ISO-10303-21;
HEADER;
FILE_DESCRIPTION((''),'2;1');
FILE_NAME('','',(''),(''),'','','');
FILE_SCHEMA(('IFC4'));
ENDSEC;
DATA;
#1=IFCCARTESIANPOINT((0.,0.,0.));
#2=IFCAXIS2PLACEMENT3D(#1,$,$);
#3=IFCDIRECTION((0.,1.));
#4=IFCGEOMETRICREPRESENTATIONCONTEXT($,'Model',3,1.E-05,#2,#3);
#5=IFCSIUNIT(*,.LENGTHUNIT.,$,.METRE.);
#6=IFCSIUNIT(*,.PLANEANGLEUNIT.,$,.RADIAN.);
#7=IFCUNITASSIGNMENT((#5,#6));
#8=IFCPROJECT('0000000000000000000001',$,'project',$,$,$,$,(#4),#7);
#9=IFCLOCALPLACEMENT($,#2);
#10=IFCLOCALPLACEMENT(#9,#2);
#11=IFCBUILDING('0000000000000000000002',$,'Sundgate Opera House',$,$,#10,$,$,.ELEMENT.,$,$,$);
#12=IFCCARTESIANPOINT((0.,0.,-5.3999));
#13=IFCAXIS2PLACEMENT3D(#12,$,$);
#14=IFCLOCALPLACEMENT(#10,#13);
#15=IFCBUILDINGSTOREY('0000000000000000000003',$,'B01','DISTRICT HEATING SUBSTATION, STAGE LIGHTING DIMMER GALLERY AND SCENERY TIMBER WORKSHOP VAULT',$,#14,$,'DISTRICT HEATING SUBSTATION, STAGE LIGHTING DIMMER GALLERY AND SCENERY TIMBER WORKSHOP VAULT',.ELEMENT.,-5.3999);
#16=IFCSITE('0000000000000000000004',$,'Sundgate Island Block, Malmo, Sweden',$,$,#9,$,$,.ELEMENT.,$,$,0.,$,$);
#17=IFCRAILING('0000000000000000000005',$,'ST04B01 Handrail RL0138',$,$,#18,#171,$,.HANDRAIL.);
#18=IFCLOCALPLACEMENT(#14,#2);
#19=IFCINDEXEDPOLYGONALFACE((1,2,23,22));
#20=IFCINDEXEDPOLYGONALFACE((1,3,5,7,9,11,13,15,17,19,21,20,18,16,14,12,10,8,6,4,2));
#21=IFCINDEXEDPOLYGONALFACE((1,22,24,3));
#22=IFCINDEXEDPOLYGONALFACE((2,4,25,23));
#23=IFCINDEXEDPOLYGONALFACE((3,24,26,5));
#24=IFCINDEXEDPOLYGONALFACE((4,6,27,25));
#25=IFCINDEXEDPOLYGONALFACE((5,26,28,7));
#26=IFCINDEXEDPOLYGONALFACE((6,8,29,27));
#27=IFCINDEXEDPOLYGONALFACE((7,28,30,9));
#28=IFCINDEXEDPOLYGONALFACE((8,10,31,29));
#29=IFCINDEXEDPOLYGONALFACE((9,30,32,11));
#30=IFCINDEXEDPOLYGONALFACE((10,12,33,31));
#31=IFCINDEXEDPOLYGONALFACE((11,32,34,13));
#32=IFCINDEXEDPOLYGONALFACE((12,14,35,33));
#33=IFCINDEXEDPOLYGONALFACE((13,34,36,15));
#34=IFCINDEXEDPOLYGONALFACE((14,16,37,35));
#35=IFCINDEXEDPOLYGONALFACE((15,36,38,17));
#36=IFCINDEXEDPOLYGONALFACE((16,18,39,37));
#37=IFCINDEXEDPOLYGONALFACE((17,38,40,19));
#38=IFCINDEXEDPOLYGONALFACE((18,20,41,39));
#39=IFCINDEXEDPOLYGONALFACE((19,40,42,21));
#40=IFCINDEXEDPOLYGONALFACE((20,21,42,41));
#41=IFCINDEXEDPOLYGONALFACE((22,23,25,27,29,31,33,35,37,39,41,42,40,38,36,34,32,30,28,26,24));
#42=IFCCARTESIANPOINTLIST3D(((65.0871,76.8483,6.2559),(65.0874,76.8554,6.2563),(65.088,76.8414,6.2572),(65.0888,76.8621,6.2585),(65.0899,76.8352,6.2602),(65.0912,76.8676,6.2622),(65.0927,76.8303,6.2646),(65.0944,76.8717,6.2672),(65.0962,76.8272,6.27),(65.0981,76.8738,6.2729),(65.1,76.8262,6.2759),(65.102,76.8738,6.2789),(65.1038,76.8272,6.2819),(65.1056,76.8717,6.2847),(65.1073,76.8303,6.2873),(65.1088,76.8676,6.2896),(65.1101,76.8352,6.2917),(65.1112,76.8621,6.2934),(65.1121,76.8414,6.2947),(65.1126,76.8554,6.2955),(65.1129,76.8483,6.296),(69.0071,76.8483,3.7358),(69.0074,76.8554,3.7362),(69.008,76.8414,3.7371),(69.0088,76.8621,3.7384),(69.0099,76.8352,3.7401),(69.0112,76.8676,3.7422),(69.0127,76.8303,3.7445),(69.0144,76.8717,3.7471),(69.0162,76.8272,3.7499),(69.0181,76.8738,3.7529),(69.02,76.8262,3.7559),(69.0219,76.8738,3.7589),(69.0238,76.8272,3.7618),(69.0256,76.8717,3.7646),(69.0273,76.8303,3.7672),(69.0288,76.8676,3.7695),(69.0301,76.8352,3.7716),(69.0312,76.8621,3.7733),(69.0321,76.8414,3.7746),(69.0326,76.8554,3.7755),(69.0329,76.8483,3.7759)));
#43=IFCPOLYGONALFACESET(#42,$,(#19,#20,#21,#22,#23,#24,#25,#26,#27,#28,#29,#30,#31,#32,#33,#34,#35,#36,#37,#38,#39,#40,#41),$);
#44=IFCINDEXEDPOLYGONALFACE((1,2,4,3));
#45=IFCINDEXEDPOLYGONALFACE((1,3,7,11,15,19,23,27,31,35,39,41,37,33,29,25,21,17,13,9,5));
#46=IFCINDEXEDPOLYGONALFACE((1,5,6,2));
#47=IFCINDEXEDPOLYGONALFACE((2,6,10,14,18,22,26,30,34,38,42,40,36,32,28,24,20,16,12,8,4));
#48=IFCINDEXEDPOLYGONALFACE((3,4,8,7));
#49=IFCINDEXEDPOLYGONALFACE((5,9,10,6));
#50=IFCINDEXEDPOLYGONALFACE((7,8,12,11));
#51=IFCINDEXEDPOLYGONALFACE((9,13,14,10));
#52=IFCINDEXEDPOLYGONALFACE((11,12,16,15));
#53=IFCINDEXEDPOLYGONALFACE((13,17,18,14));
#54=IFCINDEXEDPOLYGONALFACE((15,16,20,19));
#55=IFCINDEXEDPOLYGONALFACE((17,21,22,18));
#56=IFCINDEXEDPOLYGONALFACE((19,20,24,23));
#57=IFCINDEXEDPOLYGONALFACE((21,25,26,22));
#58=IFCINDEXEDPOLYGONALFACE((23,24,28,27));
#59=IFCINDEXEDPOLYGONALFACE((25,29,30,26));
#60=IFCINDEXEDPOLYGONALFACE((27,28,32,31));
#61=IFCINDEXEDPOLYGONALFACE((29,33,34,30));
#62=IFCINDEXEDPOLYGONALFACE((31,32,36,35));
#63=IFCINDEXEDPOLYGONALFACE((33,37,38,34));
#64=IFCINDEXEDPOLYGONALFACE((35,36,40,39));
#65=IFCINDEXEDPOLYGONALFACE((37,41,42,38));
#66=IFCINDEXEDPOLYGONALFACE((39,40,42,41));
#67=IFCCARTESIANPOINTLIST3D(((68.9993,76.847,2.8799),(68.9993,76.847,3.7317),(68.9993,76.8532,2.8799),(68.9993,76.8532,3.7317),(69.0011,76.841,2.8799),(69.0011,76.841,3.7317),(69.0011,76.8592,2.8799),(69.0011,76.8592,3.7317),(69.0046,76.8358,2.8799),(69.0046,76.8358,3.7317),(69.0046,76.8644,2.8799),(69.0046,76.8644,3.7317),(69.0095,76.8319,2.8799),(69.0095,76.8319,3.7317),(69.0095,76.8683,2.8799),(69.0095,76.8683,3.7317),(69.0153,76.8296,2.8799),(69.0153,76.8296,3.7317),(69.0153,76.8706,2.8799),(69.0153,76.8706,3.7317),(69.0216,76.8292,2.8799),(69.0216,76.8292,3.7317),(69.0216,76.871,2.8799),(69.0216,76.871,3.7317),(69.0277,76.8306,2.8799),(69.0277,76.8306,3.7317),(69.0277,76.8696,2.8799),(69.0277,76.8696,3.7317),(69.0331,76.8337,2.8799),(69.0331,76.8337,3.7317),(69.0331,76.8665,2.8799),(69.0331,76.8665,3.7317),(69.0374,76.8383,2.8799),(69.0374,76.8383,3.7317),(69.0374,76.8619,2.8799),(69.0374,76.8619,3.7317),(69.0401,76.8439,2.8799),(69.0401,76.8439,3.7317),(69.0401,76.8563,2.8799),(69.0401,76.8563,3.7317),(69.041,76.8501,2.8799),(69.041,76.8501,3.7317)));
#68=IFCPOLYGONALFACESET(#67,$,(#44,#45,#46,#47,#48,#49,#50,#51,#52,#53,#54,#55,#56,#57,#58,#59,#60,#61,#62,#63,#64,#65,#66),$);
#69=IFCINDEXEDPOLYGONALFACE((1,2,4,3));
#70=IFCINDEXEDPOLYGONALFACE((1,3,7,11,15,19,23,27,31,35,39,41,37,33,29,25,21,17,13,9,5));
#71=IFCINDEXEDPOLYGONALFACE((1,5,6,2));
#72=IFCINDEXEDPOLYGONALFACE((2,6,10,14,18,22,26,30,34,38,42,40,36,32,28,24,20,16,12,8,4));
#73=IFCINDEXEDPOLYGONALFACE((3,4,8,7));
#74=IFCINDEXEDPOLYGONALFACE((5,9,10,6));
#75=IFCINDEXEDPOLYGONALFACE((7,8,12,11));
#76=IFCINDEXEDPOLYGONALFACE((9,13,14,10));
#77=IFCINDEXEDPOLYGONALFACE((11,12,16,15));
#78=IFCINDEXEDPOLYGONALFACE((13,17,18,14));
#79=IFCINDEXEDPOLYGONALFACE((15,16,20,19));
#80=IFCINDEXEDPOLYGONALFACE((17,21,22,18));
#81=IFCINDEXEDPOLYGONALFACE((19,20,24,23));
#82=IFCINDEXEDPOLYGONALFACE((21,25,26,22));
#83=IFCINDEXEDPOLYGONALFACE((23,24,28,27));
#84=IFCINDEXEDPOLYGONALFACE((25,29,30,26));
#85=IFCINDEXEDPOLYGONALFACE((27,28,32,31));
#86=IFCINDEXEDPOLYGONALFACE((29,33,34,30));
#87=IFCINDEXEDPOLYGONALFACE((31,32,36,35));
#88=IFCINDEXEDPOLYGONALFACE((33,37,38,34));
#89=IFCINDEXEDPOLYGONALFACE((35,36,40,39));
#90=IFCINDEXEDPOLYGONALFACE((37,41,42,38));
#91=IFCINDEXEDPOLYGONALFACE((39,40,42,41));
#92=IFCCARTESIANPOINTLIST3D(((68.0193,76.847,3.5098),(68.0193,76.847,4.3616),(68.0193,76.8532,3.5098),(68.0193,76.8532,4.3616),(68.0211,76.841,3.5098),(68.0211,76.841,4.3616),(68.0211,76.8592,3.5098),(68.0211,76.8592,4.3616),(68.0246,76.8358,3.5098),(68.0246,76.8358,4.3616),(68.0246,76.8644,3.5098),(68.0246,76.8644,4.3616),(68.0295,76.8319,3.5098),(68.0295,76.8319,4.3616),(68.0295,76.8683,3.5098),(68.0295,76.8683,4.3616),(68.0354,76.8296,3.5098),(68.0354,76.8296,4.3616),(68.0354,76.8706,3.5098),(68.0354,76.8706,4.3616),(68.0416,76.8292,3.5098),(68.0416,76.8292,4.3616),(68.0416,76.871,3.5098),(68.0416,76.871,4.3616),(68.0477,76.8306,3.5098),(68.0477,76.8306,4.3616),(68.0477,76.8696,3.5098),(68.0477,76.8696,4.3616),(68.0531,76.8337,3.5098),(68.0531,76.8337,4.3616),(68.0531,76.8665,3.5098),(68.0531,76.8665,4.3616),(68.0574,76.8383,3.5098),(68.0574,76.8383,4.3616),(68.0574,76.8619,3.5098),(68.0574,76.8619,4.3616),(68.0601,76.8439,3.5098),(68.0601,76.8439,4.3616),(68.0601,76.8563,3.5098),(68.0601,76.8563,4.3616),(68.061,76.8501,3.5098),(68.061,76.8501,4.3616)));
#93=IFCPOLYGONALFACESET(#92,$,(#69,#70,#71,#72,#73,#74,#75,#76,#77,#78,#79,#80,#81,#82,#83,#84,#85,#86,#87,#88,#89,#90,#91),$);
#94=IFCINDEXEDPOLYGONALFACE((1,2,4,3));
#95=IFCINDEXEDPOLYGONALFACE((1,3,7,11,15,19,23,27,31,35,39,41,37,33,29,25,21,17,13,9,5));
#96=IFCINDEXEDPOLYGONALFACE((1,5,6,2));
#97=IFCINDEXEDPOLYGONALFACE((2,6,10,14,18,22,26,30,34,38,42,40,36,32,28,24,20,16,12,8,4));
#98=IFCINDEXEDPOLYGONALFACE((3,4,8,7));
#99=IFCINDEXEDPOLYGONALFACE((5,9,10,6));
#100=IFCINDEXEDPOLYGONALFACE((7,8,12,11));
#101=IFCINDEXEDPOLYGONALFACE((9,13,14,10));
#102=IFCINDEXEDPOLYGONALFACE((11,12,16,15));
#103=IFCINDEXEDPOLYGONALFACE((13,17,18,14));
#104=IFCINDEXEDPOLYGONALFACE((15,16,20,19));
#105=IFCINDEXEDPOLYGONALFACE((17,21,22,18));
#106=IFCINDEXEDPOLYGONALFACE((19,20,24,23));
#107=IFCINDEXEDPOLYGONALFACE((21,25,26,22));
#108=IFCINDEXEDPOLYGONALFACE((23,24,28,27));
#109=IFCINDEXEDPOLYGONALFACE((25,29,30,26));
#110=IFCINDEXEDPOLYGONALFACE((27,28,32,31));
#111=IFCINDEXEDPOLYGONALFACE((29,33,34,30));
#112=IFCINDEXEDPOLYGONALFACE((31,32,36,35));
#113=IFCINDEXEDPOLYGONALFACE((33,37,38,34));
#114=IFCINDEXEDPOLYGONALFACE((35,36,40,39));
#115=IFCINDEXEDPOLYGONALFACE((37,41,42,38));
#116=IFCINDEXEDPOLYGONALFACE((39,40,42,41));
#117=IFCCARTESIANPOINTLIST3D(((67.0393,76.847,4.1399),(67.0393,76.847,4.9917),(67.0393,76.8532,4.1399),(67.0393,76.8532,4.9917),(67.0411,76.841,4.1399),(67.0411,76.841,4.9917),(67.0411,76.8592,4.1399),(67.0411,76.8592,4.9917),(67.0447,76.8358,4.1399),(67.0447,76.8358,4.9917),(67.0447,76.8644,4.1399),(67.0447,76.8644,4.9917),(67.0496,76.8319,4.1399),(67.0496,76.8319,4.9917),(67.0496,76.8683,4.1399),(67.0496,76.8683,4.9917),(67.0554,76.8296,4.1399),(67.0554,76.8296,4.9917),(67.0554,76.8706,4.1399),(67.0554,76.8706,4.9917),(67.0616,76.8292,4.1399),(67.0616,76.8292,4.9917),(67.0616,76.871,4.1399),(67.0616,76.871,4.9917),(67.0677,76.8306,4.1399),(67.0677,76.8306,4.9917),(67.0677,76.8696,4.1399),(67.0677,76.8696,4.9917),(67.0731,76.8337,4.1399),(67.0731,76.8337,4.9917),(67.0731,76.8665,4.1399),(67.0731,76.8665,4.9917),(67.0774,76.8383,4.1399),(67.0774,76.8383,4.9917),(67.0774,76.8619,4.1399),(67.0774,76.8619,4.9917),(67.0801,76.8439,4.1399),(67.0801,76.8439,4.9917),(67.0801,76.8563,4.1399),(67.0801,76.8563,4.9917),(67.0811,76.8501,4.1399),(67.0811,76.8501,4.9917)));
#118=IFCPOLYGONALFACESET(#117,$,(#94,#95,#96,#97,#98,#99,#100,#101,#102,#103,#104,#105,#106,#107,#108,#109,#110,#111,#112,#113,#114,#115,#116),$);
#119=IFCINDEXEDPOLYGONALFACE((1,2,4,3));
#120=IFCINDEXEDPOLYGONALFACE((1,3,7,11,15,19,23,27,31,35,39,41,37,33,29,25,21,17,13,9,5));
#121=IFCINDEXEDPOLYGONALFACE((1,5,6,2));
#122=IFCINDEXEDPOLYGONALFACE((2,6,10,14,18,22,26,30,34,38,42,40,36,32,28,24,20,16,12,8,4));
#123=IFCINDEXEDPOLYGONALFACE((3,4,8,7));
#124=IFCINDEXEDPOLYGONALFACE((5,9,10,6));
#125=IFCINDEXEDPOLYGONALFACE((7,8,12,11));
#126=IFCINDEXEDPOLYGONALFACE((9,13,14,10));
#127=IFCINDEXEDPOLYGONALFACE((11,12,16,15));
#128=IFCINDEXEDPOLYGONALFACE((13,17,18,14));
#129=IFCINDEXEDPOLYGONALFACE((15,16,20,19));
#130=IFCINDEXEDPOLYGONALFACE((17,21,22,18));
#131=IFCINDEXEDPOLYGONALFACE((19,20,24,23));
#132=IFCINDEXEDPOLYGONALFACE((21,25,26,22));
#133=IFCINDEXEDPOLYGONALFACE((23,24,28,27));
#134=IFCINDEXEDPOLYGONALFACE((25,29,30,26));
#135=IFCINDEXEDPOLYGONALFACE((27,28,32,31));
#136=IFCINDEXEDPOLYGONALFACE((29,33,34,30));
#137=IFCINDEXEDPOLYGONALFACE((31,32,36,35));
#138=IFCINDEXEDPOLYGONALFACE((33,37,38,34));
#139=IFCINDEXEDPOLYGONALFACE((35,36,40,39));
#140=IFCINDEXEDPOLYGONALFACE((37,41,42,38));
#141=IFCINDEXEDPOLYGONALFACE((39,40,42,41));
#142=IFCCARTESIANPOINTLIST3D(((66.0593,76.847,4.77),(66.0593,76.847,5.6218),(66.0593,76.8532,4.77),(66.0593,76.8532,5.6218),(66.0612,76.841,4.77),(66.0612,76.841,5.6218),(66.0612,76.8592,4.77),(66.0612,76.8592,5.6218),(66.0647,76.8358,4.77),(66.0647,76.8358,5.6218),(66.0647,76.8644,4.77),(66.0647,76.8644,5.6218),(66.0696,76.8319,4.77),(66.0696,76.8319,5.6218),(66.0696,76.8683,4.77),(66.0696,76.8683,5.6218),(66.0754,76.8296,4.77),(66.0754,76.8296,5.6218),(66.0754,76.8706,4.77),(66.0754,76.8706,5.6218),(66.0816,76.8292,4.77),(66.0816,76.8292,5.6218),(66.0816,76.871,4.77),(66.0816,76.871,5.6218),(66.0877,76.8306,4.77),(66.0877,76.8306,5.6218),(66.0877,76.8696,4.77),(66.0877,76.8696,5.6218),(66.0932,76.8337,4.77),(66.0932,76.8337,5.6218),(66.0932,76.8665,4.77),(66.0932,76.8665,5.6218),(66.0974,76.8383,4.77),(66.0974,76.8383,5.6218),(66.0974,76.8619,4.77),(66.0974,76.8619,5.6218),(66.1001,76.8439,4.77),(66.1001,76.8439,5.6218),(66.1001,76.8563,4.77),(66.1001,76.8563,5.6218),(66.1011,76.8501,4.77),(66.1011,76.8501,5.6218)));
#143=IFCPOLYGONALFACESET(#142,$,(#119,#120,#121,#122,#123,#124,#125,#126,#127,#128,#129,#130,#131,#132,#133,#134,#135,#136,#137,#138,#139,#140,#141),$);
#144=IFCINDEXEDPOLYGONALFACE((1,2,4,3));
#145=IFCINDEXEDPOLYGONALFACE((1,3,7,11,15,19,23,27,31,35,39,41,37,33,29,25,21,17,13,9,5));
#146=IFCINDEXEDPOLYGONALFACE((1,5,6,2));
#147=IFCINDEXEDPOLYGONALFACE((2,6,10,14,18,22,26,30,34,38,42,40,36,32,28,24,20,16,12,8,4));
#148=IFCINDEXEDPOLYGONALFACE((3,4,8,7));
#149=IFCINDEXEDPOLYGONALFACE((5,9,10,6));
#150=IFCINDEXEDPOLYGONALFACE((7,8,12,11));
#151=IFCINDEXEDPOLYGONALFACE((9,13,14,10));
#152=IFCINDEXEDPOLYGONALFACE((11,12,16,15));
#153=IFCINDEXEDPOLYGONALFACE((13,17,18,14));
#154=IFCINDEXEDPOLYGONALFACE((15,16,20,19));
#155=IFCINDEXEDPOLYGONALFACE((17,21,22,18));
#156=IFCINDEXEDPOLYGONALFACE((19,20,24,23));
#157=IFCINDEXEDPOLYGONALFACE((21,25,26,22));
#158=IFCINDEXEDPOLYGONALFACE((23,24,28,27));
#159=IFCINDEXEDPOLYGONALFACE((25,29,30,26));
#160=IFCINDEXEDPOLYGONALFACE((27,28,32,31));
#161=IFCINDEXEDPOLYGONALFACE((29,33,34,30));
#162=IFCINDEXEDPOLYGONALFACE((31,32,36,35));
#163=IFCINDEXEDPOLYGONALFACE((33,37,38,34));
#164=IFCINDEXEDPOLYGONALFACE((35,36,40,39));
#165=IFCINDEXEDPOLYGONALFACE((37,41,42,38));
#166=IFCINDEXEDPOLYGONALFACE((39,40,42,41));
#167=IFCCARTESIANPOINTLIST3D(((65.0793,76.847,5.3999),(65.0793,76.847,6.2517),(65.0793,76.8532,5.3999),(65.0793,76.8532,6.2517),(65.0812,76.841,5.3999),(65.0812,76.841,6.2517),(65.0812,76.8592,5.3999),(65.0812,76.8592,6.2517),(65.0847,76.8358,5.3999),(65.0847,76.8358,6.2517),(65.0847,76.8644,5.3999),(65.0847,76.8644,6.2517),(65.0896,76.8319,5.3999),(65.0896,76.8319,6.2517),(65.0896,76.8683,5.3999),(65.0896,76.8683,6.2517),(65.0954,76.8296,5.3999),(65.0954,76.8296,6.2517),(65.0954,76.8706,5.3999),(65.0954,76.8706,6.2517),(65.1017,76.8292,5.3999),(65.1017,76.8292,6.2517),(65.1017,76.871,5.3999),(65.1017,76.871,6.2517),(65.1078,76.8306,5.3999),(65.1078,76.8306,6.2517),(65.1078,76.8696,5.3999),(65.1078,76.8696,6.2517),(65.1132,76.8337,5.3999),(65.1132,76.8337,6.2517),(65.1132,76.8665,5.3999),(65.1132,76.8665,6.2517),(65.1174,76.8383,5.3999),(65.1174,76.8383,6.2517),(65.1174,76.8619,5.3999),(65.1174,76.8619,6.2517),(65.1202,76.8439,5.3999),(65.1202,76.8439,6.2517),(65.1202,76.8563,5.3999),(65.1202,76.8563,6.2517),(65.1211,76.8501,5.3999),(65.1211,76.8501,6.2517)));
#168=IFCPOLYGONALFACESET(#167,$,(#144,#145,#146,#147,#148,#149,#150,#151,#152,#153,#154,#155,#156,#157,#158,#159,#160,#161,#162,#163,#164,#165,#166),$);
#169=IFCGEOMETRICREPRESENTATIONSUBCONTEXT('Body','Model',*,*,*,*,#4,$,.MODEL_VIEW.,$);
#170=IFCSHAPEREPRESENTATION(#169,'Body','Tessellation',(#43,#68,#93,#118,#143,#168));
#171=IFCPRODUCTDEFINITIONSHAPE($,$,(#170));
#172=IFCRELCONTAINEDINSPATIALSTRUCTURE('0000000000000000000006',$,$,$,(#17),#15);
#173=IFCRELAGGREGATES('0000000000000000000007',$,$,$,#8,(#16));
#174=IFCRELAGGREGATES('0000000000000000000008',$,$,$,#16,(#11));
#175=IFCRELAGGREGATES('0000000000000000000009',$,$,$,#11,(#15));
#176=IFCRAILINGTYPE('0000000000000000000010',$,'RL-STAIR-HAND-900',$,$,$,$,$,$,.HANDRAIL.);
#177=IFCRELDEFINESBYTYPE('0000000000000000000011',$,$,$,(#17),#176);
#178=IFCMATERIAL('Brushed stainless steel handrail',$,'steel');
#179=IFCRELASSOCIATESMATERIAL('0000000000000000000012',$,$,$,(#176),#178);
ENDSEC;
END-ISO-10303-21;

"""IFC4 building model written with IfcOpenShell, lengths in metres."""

from ifc_helpers import new_model, si_unit, direction, frame, origin, origin_2d, place, context, subcontext, project, spatial, circle, extrude, material, type_object, element, save


model = new_model("IFC4")

# Units and contexts
model_context = context("Model", 3, precision=1e-05, world=origin(), true_north=direction((0.0, 1.0)))
body_context = subcontext(model_context, "Body", "Model", "MODEL_VIEW")
ifc_project = project(units=[si_unit("LENGTHUNIT", "METRE"), si_unit("PLANEANGLEUNIT", "RADIAN")], contexts=[model_context])

# Site, building, storey
site_placement = place(None, origin())
site = spatial("IfcSite", under=ifc_project, at=site_placement, Name="Sundgate Island Block, Malmo, Sweden", CompositionType="ELEMENT", RefElevation=0.0)
building_placement = place(site_placement, origin())
building = spatial("IfcBuilding", under=site, at=building_placement, Name="Sundgate Opera House", CompositionType="ELEMENT")
storey_placement = place(building_placement, frame((0.0, 0.0, -5.3999)))
storey = spatial("IfcBuildingStorey", under=building, at=storey_placement, Name="B01", Description="DISTRICT HEATING SUBSTATION, STAGE LIGHTING DIMMER GALLERY AND SCENERY TIMBER WORKSHOP VAULT", LongName="DISTRICT HEATING SUBSTATION, STAGE LIGHTING DIMMER GALLERY AND SCENERY TIMBER WORKSHOP VAULT", CompositionType="ELEMENT", Elevation=-5.3999)

# Railing
ifc_material_1 = material(Name="Brushed stainless steel handrail", Category="steel")
railing_type_1 = type_object("IfcRailingType", Name="RL-STAIR-HAND-900", PredefinedType="HANDRAIL", material=ifc_material_1)
railing_1_placement = place(storey_placement, frame((69.02, 76.8501, 2.8799)))
element("IfcRailing", 1, at=railing_1_placement, inside=storey, type_object=railing_type_1, Name="ST04B01 Handrail RL0138", PredefinedType="HANDRAIL", context=body_context, shape_type="SweptSolid", body=[
    extrude(circle(Radius=0.0239, at=origin_2d()), frame((0.0, 0.0, 0.876), z_axis=(-0.841172, 0.0, 0.540768), x_axis=(0.0, -1.0, 0.0)), (0.0, 0.0, 1.0), 4.6602),
    extrude(circle(Radius=0.021, at=origin_2d()), origin(), (0.0, 0.0, 1.0), 0.8518),
    extrude(circle(Radius=0.021, at=origin_2d()), frame((-0.98, 0.0, 0.6299)), (0.0, 0.0, 1.0), 0.8518),
    extrude(circle(Radius=0.021, at=origin_2d()), frame((-1.96, 0.0, 1.26)), (0.0, 0.0, 1.0), 0.8518),
    extrude(circle(Radius=0.021, at=origin_2d()), frame((-2.9399, 0.0, 1.8901)), (0.0, 0.0, 1.0), 0.8518),
    extrude(circle(Radius=0.021, at=origin_2d()), frame((-3.9199, 0.0, 2.52)), (0.0, 0.0, 1.0), 0.8518),
])

save(model, "model.ifc")
